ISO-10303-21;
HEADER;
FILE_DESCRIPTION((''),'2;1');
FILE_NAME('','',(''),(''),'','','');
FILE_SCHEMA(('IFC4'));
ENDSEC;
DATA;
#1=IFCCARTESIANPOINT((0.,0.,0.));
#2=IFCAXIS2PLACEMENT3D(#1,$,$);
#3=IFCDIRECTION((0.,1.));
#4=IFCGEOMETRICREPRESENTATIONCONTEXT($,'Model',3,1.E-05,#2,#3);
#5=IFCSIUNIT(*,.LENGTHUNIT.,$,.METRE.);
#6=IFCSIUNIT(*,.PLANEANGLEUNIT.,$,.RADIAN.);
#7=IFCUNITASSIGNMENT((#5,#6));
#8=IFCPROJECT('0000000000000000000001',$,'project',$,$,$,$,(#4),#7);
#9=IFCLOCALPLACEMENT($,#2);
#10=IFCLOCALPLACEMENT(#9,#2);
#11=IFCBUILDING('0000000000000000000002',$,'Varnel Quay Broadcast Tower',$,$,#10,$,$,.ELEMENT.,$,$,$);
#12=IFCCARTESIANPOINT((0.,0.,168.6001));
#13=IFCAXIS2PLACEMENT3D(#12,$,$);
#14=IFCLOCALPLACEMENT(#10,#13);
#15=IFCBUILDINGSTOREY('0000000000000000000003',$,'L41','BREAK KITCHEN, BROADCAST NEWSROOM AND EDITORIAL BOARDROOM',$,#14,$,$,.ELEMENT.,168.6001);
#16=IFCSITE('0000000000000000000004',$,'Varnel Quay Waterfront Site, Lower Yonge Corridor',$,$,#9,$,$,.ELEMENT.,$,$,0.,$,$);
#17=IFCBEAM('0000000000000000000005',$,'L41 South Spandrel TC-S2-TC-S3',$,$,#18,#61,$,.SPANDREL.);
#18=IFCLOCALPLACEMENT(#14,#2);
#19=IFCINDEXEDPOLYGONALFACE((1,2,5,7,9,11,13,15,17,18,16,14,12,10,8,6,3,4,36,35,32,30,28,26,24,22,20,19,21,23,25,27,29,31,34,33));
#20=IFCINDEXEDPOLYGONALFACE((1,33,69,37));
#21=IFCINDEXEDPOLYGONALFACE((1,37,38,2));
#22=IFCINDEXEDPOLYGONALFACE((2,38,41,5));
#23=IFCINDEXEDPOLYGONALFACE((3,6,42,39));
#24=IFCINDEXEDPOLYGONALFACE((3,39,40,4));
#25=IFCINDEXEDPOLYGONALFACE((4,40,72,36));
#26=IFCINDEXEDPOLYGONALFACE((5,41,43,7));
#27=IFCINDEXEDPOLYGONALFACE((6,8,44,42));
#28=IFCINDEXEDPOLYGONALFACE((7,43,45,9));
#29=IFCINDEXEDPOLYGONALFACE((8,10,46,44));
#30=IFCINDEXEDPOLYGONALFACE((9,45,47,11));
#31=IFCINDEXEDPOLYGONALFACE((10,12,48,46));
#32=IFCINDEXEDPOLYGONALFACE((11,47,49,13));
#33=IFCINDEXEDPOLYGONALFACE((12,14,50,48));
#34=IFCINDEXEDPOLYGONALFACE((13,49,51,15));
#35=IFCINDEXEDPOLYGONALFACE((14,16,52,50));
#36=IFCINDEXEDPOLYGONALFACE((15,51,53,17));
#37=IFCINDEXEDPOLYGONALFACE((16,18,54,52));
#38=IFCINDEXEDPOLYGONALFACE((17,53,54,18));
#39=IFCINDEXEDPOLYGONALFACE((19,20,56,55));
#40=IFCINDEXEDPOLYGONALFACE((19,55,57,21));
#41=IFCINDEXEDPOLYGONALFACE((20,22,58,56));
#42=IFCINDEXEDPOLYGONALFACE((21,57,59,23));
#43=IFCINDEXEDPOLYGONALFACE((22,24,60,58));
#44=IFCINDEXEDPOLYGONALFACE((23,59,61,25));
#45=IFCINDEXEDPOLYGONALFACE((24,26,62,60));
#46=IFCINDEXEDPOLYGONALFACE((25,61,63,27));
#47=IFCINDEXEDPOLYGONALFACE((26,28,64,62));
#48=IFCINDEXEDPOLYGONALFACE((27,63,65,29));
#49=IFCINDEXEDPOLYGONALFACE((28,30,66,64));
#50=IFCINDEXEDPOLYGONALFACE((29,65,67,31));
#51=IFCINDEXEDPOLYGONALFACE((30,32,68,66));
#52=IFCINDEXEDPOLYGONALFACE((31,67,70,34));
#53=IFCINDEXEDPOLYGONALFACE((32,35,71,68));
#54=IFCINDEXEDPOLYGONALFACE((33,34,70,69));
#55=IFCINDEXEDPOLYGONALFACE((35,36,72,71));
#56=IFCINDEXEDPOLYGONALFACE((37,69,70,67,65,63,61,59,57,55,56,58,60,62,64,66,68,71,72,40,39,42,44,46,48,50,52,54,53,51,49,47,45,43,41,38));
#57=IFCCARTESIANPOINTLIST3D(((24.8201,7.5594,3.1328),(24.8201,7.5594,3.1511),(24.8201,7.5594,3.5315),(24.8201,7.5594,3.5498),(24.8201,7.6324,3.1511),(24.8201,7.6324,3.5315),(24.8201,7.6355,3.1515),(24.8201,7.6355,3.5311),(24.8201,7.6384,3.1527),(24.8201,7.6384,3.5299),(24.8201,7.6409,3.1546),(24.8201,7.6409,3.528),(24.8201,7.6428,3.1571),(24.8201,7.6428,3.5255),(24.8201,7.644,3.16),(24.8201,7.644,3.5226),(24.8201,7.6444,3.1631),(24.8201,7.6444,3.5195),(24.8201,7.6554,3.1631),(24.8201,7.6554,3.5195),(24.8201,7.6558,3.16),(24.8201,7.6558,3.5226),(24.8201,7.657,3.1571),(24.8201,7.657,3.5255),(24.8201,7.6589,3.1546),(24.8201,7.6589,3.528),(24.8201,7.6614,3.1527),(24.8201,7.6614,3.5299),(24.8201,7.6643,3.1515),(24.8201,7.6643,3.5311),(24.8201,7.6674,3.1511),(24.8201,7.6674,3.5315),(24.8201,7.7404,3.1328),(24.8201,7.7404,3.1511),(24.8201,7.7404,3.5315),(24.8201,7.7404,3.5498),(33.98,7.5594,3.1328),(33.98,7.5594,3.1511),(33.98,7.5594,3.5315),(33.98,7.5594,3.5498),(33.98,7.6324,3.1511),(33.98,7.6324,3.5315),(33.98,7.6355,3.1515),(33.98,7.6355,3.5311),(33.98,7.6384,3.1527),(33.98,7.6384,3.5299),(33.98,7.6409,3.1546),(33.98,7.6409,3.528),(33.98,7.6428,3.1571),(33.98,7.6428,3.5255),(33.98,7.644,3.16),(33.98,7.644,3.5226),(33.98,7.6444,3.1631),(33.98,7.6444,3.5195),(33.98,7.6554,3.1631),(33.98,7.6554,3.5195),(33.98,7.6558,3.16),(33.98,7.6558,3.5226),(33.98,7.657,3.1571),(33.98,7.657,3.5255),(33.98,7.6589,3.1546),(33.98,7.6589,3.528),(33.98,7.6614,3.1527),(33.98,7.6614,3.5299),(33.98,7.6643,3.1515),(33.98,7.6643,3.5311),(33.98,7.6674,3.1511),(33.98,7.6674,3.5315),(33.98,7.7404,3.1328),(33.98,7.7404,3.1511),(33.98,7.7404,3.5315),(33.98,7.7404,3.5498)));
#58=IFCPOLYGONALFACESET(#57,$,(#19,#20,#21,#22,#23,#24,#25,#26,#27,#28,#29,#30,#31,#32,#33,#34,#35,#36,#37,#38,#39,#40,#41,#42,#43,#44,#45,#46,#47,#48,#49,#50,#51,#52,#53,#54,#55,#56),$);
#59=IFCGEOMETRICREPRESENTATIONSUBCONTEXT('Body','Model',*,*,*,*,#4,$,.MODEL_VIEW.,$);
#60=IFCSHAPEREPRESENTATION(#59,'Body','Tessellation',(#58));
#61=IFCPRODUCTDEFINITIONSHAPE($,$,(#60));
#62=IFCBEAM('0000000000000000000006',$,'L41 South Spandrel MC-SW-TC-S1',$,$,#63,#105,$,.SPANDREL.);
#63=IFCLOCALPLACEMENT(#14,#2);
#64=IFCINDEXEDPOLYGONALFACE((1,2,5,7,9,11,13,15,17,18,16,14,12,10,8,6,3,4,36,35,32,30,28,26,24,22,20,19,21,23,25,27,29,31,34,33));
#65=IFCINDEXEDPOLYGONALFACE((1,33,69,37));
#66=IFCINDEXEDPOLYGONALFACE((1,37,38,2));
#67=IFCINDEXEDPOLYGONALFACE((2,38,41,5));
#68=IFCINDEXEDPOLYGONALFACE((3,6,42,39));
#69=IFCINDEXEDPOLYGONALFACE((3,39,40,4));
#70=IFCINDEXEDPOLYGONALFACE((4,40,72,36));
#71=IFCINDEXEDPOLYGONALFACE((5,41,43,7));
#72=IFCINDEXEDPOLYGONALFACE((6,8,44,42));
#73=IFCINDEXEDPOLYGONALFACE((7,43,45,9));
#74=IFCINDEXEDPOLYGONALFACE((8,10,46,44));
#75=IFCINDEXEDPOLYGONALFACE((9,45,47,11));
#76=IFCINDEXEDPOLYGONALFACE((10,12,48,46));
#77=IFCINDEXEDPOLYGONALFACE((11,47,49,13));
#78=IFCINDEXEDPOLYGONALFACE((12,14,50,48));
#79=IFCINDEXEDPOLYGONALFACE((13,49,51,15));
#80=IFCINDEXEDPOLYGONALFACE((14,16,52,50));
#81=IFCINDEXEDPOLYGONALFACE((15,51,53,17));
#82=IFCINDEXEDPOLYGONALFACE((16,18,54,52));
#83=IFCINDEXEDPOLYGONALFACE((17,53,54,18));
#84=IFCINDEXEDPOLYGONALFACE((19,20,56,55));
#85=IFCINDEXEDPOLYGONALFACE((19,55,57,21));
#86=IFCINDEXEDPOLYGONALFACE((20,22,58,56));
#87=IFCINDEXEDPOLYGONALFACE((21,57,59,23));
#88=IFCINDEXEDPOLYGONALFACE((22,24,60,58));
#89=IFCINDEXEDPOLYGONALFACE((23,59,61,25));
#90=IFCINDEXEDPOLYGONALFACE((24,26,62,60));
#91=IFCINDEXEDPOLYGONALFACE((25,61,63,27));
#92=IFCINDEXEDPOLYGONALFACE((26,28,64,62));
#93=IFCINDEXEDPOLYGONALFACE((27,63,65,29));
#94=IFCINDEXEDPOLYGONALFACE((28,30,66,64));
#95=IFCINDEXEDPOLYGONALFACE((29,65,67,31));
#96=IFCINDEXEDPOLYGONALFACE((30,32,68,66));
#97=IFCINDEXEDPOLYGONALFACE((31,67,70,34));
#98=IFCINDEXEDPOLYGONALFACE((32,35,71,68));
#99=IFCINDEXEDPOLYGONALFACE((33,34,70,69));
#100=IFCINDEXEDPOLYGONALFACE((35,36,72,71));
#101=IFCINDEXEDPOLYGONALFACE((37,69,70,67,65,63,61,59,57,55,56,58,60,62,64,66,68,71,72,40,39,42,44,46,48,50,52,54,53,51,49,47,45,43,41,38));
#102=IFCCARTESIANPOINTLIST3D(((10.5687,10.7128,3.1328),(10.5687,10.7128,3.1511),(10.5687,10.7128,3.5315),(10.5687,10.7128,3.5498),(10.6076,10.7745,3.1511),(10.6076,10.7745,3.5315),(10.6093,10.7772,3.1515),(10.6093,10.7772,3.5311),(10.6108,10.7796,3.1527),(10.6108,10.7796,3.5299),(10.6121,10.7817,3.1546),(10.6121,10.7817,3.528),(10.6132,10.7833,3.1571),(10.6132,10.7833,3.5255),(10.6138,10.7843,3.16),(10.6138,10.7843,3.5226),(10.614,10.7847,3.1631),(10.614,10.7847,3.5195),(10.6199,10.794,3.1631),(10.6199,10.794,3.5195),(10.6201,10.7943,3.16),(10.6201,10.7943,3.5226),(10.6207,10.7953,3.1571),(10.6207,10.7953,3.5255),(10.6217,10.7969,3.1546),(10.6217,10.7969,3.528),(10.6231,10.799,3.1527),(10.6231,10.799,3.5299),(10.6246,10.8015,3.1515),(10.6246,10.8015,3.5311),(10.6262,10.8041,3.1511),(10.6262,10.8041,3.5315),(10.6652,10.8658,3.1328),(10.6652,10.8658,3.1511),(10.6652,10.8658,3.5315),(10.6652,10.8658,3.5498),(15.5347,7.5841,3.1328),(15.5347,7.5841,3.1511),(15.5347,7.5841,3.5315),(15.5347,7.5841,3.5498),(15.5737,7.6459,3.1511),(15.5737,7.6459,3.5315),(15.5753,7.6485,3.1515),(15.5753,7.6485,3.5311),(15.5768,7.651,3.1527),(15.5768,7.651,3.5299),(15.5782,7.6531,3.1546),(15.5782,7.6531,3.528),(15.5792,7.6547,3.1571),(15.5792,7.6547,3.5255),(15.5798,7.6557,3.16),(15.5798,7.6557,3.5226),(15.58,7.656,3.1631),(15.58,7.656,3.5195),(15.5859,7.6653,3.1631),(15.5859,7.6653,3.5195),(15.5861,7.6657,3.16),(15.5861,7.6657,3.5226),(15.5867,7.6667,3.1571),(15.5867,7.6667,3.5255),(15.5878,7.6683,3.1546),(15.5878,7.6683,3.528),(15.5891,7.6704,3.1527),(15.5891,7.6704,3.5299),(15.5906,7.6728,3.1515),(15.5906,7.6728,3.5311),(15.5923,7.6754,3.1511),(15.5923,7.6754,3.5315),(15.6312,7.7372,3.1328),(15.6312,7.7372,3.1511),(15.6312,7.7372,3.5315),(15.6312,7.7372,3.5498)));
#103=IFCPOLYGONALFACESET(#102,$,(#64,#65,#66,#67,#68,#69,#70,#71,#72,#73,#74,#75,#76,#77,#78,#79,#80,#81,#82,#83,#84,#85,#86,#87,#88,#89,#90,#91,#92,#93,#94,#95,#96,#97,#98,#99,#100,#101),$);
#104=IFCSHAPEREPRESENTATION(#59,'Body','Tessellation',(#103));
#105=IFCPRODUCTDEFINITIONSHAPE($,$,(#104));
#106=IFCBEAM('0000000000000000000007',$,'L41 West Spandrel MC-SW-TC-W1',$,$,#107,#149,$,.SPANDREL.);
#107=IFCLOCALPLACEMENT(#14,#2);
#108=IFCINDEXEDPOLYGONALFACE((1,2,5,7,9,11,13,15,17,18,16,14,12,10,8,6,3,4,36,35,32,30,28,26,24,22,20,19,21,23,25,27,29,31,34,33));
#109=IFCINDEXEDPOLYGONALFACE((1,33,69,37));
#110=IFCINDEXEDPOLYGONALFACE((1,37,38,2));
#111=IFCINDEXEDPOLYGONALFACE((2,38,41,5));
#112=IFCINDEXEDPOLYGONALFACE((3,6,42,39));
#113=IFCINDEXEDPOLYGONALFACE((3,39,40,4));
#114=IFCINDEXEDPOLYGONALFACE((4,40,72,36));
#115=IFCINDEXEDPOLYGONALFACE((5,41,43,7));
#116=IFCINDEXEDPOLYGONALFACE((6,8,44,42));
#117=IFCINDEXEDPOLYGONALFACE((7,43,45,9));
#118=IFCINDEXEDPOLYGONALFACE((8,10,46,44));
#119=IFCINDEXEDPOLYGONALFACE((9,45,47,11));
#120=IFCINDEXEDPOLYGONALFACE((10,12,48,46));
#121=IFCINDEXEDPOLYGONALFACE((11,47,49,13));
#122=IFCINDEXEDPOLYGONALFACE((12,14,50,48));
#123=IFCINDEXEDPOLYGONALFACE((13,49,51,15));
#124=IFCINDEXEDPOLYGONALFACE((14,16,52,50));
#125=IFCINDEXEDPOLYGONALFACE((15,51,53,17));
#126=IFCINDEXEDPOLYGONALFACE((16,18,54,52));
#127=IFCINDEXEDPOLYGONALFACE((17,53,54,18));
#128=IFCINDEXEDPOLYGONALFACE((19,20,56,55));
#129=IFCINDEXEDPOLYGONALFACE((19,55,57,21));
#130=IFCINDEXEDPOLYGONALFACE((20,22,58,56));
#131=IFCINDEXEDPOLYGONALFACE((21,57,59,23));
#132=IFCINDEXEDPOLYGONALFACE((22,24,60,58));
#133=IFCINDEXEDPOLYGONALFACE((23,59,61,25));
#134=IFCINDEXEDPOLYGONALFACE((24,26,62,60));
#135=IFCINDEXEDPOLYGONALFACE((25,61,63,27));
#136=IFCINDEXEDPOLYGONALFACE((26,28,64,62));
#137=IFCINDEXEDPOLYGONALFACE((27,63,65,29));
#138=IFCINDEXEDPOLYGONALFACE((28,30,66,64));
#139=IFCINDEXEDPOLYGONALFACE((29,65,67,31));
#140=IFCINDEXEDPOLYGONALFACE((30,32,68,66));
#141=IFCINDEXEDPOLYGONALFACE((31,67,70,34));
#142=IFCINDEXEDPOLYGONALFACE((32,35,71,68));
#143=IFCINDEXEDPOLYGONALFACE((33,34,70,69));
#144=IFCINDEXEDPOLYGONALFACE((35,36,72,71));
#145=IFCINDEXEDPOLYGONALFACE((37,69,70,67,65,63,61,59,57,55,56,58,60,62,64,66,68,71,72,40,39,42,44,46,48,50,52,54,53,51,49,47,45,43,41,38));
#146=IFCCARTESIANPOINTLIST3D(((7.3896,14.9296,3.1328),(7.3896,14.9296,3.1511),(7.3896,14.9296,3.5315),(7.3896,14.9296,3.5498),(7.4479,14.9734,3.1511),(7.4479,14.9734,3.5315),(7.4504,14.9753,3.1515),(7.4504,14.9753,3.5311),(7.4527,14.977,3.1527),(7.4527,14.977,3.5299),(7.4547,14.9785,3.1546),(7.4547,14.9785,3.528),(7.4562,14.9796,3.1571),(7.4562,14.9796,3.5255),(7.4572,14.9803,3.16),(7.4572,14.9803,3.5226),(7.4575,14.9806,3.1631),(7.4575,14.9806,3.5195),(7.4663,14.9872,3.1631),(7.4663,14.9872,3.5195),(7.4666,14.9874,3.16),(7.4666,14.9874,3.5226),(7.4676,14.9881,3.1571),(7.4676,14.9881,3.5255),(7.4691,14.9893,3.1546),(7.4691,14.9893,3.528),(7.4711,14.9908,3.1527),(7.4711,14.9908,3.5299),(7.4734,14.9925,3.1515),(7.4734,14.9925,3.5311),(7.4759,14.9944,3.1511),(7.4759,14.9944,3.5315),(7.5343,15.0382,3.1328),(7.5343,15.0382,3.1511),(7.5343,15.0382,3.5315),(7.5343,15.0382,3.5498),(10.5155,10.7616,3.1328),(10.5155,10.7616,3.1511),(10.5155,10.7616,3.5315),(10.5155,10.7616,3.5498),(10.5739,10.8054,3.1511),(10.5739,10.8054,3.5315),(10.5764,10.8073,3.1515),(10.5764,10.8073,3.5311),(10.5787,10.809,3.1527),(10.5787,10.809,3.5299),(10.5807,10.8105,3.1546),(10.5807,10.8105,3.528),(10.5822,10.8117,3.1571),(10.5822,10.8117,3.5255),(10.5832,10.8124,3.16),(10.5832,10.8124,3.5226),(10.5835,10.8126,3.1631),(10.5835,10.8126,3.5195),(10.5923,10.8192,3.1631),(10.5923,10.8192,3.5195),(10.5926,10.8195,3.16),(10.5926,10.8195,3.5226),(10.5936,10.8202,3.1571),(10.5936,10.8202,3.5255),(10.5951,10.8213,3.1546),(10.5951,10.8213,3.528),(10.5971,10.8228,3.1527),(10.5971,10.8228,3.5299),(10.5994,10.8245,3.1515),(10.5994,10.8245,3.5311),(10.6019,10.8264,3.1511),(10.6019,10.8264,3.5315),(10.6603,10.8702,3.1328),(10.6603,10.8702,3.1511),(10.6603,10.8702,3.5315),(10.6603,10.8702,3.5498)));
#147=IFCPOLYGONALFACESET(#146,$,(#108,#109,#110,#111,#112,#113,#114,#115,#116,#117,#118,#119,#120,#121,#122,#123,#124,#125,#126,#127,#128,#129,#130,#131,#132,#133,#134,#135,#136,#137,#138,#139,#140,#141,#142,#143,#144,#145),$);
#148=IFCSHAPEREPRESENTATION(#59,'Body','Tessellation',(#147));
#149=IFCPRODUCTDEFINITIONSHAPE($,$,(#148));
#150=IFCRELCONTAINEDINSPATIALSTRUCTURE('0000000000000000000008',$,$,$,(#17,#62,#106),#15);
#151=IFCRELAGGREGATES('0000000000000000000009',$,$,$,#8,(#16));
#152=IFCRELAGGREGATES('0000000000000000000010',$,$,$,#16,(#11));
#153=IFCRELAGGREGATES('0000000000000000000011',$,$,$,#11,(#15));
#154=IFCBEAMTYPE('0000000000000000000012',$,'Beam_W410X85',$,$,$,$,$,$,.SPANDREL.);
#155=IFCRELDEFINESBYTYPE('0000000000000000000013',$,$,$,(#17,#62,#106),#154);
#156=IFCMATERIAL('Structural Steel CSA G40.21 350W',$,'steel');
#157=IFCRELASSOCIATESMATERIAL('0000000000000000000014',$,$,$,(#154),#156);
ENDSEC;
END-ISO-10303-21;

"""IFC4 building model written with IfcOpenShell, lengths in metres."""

from ifc_helpers import new_model, si_unit, direction, frame, origin, origin_2d, place, context, subcontext, project, spatial, i_section, extrude, source, transform, mapped, material, material_profile, profile_set, type_object, type_shapes, element, save


model = new_model("IFC4")

# Units and contexts
model_context = context("Model", 3, precision=1e-05, world=origin(), true_north=direction((0.0, 1.0)))
body_context = subcontext(model_context, "Body", "Model", "MODEL_VIEW")
ifc_project = project(units=[si_unit("LENGTHUNIT", "METRE"), si_unit("PLANEANGLEUNIT", "RADIAN")], contexts=[model_context])

# Site, building, storey
site_placement = place(None, origin())
site = spatial("IfcSite", under=ifc_project, at=site_placement, Name="Varnel Quay Waterfront Site, Lower Yonge Corridor", CompositionType="ELEMENT", RefElevation=0.0)
building_placement = place(site_placement, origin())
building = spatial("IfcBuilding", under=site, at=building_placement, Name="Varnel Quay Broadcast Tower", CompositionType="ELEMENT")
storey_placement = place(building_placement, frame((0.0, 0.0, 168.6001)))
storey = spatial("IfcBuildingStorey", under=building, at=storey_placement, Name="L41", Description="BREAK KITCHEN, BROADCAST NEWSROOM AND EDITORIAL BOARDROOM", CompositionType="ELEMENT", Elevation=168.6001)

# Shared definitions
ifc_material_1 = material(Name="Structural Steel CSA G40.21 350W", Category="steel")

# Beams
ifc_material_profile_1 = material_profile(ifc_material_1, i_section(OverallWidth=0.1809, OverallDepth=0.417, WebThickness=0.011, FlangeThickness=0.0183, FilletRadius=0.012, at=origin_2d()), Name="W410X85")
ifc_profile_set_1 = profile_set([ifc_material_profile_1], Name="Structural Steel CSA G40.21 350W")
beam_type_1 = type_object("IfcBeamType", Name="Beam_W410X85", PredefinedType="SPANDREL", material=ifc_profile_set_1)
shared_shape_1 = source(origin(), body_context, "Body", "SweptSolid", [
    extrude(i_section(OverallWidth=0.1809, OverallDepth=0.417, WebThickness=0.011, FlangeThickness=0.0183, FilletRadius=0.012, at=origin_2d()), origin(), (0.0, 0.0, 1.0), 9.1599),
])
for number, where, z_axis, x_axis, name in (
    (1, (24.8201, 7.6499, 3.3413), (1.0, 0.0, 0.0), (0.0, 1.0, 0.0), "L41 South Spandrel TC-S2-TC-S3"),
):
    element("IfcBeam", number, at=place(storey_placement, frame(where, z_axis=z_axis, x_axis=x_axis)), inside=storey, type_object=beam_type_1, Name=name, PredefinedType="SPANDREL", context=body_context, shape_type="MappedRepresentation", body=[
        mapped(shared_shape_1, transform((0.0, 0.0, 0.0), x_axis=(1.0, 0.0, 0.0), y_axis=(0.0, 1.0, 0.0), z_axis=(0.0, 0.0, 1.0), scale=1.0)),
    ])
shared_shape_2 = source(origin(), body_context, "Body", "SweptSolid", [
    extrude(i_section(OverallWidth=0.1809, OverallDepth=0.417, WebThickness=0.011, FlangeThickness=0.0183, FilletRadius=0.012, at=origin_2d()), origin(), (0.0, 0.0, 1.0), 5.8694),
])
beam_1_placement = place(storey_placement, frame((10.6169, 10.7893, 3.3413), z_axis=(0.846088, -0.533043, 0.0), x_axis=(0.533043, 0.846088, 0.0)))
element("IfcBeam", 2, at=beam_1_placement, inside=storey, type_object=beam_type_1, Name="L41 South Spandrel MC-SW-TC-S1", PredefinedType="SPANDREL", context=body_context, shape_type="MappedRepresentation", body=[
    mapped(shared_shape_2, transform((0.0, 0.0, 0.0), x_axis=(1.0, 0.0, 0.0), y_axis=(0.0, 1.0, 0.0), z_axis=(0.0, 0.0, 1.0), scale=1.0)),
])
shared_shape_3 = source(origin(), body_context, "Body", "SweptSolid", [
    extrude(i_section(OverallWidth=0.1809, OverallDepth=0.417, WebThickness=0.011, FlangeThickness=0.0183, FilletRadius=0.012, at=origin_2d()), origin(), (0.0, 0.0, 1.0), 5.21),
])
type_shapes(beam_type_1, [shared_shape_1, shared_shape_2, shared_shape_3])
beam_2_placement = place(storey_placement, frame((10.5879, 10.8159, 3.3413), z_axis=(-0.6, 0.8, 0.0), x_axis=(-0.8, -0.6, 0.0)))
element("IfcBeam", 3, at=beam_2_placement, inside=storey, type_object=beam_type_1, Name="L41 West Spandrel MC-SW-TC-W1", PredefinedType="SPANDREL", context=body_context, shape_type="MappedRepresentation", body=[
    mapped(shared_shape_3, transform((0.0, 0.0, 0.0), x_axis=(1.0, 0.0, 0.0), y_axis=(0.0, 1.0, 0.0), z_axis=(0.0, 0.0, 1.0), scale=1.0)),
])

save(model, "model.ifc")
